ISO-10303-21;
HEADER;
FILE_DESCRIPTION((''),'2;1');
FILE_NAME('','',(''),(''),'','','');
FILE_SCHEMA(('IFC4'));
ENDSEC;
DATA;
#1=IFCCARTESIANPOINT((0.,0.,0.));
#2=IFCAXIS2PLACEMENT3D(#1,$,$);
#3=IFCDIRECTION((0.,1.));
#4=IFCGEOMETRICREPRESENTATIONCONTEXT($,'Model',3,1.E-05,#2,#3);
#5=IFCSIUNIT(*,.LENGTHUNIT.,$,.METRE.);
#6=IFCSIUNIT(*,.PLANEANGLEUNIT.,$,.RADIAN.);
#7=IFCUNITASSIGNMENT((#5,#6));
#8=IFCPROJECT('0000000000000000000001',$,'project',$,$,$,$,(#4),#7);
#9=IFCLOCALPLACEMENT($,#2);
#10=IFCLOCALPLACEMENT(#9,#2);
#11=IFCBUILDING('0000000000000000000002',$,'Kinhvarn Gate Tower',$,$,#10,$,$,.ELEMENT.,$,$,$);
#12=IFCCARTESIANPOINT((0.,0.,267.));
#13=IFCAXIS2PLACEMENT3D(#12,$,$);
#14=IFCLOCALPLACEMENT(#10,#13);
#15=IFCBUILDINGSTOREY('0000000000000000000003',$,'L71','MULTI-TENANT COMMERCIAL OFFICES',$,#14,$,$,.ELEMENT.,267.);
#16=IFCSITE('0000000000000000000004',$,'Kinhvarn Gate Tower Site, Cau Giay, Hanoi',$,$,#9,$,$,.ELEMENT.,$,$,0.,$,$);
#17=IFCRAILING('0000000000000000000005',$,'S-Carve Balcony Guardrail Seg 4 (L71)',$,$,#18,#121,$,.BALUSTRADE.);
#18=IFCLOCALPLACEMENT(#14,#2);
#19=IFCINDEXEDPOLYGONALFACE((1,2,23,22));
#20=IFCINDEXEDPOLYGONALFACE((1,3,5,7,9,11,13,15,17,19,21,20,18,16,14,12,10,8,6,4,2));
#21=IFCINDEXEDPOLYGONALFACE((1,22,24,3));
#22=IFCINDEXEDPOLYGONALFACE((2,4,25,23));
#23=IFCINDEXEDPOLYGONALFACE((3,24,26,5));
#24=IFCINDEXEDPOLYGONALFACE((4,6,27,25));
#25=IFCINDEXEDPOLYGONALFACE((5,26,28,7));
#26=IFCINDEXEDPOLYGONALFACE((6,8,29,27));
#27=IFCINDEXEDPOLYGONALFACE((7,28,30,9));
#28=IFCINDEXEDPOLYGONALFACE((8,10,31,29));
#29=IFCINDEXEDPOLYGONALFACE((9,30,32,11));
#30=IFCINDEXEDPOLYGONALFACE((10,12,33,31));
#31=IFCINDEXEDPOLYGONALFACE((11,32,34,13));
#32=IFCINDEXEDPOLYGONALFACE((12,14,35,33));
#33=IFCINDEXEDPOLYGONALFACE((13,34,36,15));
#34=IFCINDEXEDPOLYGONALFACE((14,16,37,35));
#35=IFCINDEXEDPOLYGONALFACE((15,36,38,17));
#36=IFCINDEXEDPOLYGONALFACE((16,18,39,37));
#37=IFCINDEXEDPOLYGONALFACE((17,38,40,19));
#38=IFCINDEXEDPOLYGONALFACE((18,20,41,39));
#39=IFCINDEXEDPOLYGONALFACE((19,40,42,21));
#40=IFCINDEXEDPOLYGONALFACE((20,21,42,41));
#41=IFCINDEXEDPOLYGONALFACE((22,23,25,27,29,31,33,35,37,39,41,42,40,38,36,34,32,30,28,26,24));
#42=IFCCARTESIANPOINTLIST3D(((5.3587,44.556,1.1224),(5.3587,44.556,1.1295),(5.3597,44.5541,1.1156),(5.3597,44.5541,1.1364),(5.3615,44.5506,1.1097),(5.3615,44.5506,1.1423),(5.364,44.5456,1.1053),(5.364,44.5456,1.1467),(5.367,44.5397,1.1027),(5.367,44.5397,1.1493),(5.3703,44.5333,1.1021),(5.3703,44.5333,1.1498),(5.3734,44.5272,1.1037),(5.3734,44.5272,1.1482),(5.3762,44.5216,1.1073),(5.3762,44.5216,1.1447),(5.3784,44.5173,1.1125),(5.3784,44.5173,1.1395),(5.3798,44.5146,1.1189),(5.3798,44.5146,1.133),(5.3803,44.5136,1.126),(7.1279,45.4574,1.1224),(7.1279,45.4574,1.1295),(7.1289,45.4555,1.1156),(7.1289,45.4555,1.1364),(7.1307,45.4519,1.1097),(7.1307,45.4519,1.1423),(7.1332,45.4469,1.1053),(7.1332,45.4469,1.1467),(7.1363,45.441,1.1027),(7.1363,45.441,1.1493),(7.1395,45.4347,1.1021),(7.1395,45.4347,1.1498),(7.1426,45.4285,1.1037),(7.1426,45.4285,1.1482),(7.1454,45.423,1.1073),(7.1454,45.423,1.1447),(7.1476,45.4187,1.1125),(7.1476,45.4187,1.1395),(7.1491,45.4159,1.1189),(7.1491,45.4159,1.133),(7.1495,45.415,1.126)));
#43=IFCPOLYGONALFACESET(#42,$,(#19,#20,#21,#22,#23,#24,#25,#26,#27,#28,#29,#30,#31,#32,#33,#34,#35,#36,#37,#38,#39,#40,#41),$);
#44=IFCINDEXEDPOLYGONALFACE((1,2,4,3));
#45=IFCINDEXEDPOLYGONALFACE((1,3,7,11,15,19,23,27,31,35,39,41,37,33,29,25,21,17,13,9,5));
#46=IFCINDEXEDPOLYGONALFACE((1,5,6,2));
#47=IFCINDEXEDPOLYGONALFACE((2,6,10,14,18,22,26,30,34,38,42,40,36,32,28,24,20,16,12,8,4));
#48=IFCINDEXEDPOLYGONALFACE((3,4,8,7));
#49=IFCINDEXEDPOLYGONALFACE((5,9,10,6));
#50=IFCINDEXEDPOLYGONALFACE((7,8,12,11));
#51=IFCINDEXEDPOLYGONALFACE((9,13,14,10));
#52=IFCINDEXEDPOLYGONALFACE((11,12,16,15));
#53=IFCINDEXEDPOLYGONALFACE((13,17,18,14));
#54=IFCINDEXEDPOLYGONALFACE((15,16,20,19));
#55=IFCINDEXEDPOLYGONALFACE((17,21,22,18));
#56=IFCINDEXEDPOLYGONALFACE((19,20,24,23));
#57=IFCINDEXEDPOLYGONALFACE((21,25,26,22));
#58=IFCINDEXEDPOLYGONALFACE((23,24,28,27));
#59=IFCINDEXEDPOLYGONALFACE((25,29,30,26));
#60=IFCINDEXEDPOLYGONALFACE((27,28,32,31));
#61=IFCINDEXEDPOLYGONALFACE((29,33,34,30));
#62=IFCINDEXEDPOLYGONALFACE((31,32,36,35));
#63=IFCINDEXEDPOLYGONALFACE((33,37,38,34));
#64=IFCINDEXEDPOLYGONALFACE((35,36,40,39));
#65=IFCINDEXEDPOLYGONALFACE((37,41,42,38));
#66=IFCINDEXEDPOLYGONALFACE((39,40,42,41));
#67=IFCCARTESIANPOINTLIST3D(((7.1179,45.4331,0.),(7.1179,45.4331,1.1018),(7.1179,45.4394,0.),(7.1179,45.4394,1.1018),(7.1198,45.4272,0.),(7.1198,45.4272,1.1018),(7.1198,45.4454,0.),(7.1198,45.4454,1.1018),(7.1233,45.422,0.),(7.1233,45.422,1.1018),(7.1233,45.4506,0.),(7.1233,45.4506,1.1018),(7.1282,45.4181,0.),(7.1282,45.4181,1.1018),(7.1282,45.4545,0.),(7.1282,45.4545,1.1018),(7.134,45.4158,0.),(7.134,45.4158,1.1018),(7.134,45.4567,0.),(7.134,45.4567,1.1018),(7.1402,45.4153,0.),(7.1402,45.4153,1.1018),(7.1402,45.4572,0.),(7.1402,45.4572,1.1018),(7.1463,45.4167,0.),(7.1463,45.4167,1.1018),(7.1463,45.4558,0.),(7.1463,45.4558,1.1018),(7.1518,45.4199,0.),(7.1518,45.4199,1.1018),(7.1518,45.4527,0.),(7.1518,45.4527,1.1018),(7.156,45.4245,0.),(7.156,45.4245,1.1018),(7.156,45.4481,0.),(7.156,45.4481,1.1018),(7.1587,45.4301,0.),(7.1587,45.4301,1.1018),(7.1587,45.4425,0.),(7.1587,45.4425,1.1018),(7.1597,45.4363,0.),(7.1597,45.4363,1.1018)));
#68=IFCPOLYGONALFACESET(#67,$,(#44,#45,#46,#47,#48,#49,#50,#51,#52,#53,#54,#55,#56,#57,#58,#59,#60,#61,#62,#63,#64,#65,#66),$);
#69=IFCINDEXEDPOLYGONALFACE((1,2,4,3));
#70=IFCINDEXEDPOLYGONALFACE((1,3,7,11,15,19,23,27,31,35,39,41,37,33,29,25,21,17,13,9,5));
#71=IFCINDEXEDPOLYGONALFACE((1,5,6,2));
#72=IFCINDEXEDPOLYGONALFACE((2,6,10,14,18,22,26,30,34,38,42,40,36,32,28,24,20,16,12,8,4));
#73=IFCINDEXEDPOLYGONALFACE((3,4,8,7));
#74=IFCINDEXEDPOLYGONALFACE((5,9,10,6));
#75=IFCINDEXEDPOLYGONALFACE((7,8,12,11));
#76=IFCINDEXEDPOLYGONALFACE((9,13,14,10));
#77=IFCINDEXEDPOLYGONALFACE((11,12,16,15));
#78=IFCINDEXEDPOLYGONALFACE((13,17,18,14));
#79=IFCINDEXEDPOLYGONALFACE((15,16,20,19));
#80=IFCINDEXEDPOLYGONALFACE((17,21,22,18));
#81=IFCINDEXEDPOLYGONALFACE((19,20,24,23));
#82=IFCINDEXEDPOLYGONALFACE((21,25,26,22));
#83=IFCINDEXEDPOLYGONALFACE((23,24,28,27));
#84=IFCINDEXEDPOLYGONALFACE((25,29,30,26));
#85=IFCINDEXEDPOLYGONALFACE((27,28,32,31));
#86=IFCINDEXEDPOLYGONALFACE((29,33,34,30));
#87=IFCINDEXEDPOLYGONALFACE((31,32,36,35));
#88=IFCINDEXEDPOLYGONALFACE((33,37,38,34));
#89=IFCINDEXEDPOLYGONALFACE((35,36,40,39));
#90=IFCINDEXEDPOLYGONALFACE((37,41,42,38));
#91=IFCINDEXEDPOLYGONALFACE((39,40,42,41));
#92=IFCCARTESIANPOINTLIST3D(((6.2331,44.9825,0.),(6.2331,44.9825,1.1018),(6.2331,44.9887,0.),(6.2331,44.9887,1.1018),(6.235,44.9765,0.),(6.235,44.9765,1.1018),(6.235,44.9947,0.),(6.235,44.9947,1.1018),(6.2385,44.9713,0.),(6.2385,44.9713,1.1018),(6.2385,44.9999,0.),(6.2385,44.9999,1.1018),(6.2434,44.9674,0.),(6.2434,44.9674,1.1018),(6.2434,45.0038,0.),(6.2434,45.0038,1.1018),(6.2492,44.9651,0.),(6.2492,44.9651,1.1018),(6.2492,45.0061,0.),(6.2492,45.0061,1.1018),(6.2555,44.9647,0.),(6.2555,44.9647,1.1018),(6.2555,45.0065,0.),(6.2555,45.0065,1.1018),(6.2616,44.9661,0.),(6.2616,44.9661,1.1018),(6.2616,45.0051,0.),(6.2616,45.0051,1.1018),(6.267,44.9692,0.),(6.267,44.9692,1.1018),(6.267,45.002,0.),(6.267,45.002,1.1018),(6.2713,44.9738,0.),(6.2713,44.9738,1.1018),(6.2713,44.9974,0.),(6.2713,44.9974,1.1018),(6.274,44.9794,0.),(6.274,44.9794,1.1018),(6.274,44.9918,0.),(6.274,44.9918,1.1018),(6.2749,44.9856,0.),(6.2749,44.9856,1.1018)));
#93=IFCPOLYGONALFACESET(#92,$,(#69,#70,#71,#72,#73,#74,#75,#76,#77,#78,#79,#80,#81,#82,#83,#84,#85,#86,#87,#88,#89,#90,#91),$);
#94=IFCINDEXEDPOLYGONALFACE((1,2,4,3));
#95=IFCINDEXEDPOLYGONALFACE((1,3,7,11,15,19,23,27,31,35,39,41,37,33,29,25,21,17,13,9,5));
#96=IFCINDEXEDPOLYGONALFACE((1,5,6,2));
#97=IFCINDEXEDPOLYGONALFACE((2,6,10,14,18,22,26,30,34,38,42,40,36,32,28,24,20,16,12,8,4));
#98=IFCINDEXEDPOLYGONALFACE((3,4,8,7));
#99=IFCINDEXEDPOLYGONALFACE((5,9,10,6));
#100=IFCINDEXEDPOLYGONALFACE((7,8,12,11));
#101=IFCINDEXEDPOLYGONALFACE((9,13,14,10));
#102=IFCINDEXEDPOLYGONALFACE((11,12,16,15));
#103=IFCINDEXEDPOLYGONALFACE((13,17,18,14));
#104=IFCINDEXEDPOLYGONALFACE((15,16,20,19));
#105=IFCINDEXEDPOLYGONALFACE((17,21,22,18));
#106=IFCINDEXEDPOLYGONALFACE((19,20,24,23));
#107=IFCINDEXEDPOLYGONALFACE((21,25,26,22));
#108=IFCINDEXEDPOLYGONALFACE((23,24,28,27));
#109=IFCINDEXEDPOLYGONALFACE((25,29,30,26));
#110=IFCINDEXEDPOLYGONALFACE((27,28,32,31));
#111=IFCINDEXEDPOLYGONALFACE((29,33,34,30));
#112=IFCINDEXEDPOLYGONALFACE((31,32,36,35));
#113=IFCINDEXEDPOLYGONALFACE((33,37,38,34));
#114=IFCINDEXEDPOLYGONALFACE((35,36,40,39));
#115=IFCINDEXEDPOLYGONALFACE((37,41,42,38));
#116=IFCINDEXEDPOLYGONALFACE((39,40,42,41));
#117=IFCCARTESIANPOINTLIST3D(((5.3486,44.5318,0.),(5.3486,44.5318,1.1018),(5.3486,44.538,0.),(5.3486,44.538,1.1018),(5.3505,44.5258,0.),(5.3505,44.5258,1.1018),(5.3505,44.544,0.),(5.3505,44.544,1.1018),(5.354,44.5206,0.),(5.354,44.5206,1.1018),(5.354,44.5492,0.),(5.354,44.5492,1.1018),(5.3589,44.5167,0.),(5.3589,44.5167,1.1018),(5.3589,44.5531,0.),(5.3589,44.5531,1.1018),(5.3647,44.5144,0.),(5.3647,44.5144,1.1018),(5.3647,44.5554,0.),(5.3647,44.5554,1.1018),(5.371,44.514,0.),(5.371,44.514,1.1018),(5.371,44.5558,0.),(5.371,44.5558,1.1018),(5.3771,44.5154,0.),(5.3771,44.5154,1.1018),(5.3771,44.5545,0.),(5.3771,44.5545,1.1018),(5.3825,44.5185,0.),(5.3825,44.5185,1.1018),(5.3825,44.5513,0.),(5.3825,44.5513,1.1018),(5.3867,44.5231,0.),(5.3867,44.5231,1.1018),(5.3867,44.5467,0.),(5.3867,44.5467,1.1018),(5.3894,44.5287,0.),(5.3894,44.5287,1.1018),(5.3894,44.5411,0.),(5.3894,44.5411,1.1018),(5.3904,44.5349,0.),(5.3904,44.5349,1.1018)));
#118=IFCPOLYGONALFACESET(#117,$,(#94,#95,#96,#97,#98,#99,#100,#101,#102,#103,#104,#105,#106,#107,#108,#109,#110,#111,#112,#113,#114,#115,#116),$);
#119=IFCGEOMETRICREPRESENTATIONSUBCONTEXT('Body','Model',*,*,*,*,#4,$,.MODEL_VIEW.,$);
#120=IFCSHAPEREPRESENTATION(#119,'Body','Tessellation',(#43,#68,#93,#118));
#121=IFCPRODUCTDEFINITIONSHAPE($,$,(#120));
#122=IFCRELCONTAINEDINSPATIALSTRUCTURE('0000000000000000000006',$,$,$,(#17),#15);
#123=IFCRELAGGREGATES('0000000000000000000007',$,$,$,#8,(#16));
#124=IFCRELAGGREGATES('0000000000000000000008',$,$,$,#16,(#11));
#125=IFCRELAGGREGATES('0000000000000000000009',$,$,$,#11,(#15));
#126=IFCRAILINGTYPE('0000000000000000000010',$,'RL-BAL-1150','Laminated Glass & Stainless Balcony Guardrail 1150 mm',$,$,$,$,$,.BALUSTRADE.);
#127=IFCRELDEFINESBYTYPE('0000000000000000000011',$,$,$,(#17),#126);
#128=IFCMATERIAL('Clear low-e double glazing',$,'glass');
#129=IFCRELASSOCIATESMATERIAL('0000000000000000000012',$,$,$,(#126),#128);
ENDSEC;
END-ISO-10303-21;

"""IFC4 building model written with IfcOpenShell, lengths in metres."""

from ifc_helpers import new_model, si_unit, direction, frame, origin, origin_2d, place, context, subcontext, project, spatial, circle, extrude, material, type_object, element, save


model = new_model("IFC4")

# Units and contexts
model_context = context("Model", 3, precision=1e-05, world=origin(), true_north=direction((0.0, 1.0)))
body_context = subcontext(model_context, "Body", "Model", "MODEL_VIEW")
ifc_project = project(units=[si_unit("LENGTHUNIT", "METRE"), si_unit("PLANEANGLEUNIT", "RADIAN")], contexts=[model_context])

# Site, building, storey
site_placement = place(None, origin())
site = spatial("IfcSite", under=ifc_project, at=site_placement, Name="Kinhvarn Gate Tower Site, Cau Giay, Hanoi", CompositionType="ELEMENT", RefElevation=0.0)
building_placement = place(site_placement, origin())
building = spatial("IfcBuilding", under=site, at=building_placement, Name="Kinhvarn Gate Tower", CompositionType="ELEMENT")
storey_placement = place(building_placement, frame((0.0, 0.0, 267.0)))
storey = spatial("IfcBuildingStorey", under=building, at=storey_placement, Name="L71", Description="MULTI-TENANT COMMERCIAL OFFICES", CompositionType="ELEMENT", Elevation=267.0)

# Shared definitions
ifc_material_1 = material(Name="Clear low-e double glazing", Category="glass")

# Railing
railing_type = type_object("IfcRailingType", Name="RL-BAL-1150", Description="Laminated Glass & Stainless Balcony Guardrail 1150 mm", PredefinedType="BALUSTRADE", material=ifc_material_1)
railing_1_placement = place(storey_placement, frame((7.1387, 45.4363, 0.0)))
element("IfcRailing", 1, at=railing_1_placement, inside=storey, type_object=railing_type, Name="S-Carve Balcony Guardrail Seg 4 (L71)", PredefinedType="BALUSTRADE", context=body_context, shape_type="SweptSolid", body=[
    extrude(circle(Radius=0.0239, at=origin_2d()), frame((0.0, 0.0, 1.126), z_axis=(-0.891033, -0.453939, 0.0), x_axis=(0.453939, -0.891033, 0.0)), (0.0, 0.0, 1.0), 1.9856),
    extrude(circle(Radius=0.021, at=origin_2d()), origin(), (0.0, 0.0, 1.0), 1.1018),
    extrude(circle(Radius=0.021, at=origin_2d()), frame((-0.8848, -0.4507, 0.0)), (0.0, 0.0, 1.0), 1.1018),
    extrude(circle(Radius=0.021, at=origin_2d()), frame((-1.7693, -0.9014, 0.0)), (0.0, 0.0, 1.0), 1.1018),
])

save(model, "model.ifc")
